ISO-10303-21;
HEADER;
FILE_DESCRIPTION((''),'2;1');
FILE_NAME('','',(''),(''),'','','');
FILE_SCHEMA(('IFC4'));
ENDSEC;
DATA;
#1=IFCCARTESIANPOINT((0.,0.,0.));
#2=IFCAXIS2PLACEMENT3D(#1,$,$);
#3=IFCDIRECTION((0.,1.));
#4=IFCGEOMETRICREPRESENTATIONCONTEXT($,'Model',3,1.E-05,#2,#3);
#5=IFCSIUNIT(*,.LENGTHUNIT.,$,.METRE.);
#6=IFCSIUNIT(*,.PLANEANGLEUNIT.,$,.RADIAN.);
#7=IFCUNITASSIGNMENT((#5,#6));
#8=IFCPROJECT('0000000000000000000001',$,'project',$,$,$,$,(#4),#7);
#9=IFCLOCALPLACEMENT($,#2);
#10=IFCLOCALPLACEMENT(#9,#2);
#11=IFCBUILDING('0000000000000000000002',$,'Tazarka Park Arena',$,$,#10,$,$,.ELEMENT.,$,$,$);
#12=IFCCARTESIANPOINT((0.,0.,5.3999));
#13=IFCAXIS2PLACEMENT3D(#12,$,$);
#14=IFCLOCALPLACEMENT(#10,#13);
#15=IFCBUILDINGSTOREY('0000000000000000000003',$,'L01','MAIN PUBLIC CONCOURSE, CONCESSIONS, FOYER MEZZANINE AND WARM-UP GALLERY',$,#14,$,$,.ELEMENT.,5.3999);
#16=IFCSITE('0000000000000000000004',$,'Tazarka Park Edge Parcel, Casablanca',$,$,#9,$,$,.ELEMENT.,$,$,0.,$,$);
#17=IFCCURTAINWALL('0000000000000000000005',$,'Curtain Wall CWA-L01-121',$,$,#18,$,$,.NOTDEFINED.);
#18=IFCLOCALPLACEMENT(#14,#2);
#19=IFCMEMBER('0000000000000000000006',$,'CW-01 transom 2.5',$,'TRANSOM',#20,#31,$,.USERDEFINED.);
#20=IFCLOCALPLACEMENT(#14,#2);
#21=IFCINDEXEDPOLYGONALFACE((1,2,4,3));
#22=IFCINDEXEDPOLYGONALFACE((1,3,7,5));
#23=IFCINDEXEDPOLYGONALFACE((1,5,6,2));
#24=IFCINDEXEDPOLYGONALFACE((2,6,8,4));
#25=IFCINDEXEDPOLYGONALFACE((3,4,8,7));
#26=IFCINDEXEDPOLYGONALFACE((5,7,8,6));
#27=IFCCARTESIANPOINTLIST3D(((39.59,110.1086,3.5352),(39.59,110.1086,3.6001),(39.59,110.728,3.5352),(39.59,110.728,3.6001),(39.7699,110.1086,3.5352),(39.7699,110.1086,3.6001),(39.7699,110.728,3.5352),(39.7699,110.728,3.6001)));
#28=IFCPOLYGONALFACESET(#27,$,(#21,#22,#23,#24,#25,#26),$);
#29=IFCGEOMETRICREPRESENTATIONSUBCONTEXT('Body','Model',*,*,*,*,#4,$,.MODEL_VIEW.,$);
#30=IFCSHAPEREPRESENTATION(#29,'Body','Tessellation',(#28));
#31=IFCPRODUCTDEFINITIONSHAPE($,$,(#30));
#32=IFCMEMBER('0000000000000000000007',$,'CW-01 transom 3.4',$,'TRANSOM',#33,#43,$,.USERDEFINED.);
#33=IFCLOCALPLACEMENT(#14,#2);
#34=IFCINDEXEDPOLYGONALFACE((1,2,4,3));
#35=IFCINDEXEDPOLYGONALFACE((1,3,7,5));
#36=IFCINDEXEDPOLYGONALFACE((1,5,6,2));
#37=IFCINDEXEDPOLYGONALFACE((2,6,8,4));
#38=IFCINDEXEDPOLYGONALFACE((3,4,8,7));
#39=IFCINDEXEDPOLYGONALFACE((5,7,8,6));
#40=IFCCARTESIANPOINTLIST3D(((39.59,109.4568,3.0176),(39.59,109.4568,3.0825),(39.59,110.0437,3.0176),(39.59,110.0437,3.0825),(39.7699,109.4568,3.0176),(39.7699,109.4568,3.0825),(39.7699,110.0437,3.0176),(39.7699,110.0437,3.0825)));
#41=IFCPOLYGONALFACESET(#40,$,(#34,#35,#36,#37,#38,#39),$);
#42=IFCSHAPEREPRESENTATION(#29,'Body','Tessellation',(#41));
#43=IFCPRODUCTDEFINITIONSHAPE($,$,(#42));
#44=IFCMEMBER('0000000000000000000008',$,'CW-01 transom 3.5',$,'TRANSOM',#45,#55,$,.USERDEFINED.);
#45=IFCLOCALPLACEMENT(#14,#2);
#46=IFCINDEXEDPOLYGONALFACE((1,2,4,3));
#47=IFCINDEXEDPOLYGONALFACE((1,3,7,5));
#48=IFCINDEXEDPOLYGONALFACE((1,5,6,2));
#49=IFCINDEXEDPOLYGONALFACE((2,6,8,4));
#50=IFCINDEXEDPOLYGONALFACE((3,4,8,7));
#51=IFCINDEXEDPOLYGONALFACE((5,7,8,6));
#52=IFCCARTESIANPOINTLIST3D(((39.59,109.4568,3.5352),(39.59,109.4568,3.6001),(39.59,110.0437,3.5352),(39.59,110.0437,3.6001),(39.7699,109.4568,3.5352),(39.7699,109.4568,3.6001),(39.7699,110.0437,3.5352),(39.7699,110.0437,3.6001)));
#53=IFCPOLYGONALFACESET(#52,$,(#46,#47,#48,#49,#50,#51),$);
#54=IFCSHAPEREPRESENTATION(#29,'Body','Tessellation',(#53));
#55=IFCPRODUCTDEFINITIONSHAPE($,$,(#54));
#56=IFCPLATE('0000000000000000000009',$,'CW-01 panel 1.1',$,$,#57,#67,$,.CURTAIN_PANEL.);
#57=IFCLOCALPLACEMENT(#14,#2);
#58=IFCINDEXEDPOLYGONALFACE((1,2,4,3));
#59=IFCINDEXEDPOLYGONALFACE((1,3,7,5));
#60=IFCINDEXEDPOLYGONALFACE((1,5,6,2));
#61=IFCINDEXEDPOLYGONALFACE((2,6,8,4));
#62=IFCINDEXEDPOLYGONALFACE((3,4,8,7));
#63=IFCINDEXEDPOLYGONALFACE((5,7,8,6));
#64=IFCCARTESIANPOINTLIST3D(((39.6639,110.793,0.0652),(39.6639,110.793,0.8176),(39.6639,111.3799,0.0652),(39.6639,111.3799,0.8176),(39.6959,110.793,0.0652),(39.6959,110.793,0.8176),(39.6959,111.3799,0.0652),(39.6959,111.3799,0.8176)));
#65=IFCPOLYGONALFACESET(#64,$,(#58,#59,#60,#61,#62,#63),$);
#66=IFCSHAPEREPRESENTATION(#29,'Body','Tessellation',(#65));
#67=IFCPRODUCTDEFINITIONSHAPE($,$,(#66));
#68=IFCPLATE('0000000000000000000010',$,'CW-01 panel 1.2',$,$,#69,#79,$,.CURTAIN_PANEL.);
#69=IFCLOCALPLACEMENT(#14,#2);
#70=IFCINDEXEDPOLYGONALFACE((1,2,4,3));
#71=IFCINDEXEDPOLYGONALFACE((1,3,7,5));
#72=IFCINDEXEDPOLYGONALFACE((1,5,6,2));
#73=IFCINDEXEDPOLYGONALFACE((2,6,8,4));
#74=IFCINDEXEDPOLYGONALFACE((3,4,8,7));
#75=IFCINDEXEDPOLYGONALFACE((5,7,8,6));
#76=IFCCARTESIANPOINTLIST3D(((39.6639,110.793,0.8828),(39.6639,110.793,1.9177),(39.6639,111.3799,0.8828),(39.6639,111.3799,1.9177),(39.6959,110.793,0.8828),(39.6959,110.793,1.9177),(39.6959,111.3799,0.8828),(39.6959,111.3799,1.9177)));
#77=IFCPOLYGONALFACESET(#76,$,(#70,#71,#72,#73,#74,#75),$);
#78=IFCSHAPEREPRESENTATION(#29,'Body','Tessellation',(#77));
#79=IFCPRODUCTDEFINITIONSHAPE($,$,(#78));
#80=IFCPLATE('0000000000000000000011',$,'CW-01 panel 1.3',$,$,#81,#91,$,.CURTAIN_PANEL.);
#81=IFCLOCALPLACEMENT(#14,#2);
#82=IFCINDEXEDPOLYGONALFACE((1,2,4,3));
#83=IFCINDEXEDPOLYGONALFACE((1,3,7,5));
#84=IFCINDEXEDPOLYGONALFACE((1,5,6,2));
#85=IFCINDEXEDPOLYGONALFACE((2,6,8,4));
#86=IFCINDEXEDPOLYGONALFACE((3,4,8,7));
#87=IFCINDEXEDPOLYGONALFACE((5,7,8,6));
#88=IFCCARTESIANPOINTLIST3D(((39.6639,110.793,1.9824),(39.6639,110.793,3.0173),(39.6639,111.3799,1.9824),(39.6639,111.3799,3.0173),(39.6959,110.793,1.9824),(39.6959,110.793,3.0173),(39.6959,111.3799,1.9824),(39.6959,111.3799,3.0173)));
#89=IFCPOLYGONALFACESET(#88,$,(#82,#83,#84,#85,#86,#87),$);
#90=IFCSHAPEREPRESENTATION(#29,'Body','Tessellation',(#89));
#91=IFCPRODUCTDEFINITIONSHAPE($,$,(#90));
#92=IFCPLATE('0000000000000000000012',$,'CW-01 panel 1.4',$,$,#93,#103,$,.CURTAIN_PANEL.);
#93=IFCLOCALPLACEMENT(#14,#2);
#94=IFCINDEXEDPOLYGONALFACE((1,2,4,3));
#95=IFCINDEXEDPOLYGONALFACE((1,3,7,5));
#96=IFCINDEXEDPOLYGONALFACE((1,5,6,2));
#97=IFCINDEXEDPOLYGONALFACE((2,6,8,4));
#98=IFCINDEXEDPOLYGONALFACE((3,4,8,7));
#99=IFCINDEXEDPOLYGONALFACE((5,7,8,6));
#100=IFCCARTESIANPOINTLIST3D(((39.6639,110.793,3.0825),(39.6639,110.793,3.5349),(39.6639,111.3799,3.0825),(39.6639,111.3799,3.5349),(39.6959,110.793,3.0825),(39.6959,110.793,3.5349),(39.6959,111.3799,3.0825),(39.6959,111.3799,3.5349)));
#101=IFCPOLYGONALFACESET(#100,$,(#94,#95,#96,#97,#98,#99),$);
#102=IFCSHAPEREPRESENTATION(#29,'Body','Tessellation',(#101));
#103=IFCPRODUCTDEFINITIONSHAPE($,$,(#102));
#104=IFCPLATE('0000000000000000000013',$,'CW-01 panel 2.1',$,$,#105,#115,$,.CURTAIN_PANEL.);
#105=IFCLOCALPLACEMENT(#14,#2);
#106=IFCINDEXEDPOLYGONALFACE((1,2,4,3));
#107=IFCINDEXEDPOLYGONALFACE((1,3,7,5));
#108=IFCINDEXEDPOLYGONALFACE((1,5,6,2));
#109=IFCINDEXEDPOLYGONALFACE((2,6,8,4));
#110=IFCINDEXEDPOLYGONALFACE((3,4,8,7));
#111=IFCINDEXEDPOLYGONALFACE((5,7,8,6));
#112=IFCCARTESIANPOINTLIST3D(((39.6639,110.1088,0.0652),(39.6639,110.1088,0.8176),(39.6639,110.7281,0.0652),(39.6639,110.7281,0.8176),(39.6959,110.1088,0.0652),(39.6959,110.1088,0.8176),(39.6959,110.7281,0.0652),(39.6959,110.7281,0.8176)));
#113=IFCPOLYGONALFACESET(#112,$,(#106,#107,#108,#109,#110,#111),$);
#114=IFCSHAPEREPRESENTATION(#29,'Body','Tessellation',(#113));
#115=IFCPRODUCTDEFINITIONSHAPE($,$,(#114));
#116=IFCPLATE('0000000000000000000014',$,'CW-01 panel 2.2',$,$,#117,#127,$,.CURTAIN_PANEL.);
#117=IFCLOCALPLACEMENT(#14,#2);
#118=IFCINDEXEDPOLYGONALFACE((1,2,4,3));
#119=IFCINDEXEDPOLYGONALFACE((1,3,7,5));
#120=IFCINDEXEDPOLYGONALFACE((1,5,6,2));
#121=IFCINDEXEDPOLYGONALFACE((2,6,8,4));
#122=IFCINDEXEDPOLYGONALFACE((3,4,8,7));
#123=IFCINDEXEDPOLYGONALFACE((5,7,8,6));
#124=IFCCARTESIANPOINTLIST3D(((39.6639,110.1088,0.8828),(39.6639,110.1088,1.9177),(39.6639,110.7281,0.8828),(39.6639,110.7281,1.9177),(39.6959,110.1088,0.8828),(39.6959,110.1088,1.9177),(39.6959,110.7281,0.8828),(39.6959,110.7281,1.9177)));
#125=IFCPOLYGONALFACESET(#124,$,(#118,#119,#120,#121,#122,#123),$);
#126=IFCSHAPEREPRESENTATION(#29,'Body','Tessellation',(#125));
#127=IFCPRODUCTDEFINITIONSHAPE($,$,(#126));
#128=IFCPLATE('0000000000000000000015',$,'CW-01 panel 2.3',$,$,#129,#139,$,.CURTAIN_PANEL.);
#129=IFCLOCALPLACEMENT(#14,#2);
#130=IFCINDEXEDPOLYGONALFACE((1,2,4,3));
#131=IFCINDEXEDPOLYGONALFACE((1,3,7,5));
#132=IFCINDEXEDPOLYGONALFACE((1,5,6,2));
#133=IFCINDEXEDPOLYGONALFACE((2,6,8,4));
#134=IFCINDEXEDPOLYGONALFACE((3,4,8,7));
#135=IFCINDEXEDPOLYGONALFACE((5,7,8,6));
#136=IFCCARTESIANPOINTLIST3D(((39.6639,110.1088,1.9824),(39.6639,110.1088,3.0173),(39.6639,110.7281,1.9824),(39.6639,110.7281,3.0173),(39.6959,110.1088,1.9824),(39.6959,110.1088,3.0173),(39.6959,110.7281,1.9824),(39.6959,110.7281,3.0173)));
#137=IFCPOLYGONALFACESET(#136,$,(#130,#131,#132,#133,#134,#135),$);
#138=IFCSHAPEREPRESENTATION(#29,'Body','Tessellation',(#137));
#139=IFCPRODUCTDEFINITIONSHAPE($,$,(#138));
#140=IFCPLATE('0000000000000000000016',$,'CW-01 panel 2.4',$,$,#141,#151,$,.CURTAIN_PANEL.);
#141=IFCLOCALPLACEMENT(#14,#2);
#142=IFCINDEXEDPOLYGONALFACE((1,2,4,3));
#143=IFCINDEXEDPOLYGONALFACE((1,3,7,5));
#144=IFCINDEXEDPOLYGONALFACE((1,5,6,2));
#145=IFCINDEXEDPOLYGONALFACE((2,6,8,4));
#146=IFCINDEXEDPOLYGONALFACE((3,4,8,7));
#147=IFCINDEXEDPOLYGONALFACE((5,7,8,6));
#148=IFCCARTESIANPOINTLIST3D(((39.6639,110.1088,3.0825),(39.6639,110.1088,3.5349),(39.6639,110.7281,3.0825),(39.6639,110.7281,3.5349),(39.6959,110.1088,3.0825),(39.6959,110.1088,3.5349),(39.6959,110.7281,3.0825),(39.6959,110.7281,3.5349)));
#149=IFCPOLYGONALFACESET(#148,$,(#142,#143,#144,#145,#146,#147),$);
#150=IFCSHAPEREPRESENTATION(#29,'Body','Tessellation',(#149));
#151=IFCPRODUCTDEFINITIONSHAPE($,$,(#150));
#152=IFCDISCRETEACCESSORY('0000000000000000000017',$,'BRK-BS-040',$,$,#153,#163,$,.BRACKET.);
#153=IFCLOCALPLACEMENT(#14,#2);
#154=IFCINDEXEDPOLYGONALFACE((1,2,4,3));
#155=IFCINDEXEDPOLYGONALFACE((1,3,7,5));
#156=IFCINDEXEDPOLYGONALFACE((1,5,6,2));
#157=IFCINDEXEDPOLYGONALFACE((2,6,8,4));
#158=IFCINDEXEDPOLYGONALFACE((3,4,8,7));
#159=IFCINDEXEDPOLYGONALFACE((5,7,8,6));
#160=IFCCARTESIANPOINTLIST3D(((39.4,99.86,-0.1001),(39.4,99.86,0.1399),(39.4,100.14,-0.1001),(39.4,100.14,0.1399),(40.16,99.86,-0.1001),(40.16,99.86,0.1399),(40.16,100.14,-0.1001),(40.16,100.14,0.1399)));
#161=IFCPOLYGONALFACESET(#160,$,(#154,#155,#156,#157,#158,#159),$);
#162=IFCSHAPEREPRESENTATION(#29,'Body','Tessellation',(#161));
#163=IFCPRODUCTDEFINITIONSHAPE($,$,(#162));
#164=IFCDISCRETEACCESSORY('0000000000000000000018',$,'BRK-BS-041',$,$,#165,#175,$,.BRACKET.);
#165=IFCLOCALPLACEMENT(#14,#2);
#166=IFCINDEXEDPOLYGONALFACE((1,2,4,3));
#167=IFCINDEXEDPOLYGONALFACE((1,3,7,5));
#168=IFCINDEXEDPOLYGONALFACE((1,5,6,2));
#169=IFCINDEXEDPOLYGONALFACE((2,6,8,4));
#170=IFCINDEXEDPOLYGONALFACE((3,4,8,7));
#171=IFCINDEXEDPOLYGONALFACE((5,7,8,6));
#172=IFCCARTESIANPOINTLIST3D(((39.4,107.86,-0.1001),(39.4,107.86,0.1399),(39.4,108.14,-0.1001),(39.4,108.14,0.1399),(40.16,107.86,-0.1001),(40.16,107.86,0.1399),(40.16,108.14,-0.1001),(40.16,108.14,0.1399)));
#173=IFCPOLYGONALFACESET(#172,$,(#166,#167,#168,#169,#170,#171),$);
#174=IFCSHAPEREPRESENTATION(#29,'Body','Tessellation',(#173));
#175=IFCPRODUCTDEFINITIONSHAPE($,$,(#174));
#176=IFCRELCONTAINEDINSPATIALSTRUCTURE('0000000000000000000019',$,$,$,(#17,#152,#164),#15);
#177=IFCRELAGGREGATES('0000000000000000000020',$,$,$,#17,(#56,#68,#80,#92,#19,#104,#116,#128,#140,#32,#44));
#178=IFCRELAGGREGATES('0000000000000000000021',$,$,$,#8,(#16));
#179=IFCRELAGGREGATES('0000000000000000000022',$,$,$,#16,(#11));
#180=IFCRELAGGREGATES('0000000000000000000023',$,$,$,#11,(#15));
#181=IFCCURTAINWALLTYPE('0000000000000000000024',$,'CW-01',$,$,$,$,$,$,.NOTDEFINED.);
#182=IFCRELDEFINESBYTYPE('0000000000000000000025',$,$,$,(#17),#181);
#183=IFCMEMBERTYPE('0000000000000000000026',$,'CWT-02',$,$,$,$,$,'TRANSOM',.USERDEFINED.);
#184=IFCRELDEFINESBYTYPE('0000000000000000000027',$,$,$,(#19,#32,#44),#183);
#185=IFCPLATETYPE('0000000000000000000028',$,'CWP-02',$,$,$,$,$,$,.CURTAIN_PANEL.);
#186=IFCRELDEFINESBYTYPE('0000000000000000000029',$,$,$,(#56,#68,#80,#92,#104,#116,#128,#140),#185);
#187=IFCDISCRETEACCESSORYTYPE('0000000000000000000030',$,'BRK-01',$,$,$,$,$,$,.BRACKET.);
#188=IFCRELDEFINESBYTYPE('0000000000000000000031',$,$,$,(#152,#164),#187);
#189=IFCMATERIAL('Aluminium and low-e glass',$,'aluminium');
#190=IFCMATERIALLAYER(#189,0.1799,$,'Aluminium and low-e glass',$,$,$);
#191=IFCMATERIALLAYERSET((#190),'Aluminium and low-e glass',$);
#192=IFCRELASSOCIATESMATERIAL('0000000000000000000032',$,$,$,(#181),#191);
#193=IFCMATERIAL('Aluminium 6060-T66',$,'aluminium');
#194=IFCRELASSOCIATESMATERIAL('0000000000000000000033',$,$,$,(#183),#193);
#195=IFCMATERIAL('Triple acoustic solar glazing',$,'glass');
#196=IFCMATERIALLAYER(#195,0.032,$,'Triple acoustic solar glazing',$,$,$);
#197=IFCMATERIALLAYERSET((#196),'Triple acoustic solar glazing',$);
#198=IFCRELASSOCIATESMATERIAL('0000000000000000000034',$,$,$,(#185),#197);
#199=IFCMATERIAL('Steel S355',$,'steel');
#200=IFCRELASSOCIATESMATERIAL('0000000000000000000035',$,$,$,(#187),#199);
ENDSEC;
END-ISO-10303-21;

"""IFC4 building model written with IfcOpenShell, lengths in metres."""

from ifc_helpers import new_model, si_unit, direction, frame, origin, origin_2d, place, context, subcontext, project, spatial, rectangle, extrude, material, layer, layer_set, material_profile, profile_set, type_object, element, aggregate, save


model = new_model("IFC4")

# Units and contexts
model_context = context("Model", 3, precision=1e-05, world=origin(), true_north=direction((0.0, 1.0)))
body_context = subcontext(model_context, "Body", "Model", "MODEL_VIEW")
ifc_project = project(units=[si_unit("LENGTHUNIT", "METRE"), si_unit("PLANEANGLEUNIT", "RADIAN")], contexts=[model_context])

# Site, building, storey
site_placement = place(None, origin())
site = spatial("IfcSite", under=ifc_project, at=site_placement, Name="Tazarka Park Edge Parcel, Casablanca", CompositionType="ELEMENT", RefElevation=0.0)
building_placement = place(site_placement, origin())
building = spatial("IfcBuilding", under=site, at=building_placement, Name="Tazarka Park Arena", CompositionType="ELEMENT")
storey_placement = place(building_placement, frame((0.0, 0.0, 5.3999)))
storey = spatial("IfcBuildingStorey", under=building, at=storey_placement, Name="L01", Description="MAIN PUBLIC CONCOURSE, CONCESSIONS, FOYER MEZZANINE AND WARM-UP GALLERY", CompositionType="ELEMENT", Elevation=5.3999)

# Curtain wall, members, plates
ifc_material_1 = material(Name="Aluminium and low-e glass", Category="aluminium")
ifc_layer_1 = layer(ifc_material_1, 0.1799, Name="Aluminium and low-e glass")
ifc_layer_set_1 = layer_set([ifc_layer_1], Name="Aluminium and low-e glass")
curtain_wall_type = type_object("IfcCurtainWallType", Name="CW-01", PredefinedType="NOTDEFINED", material=ifc_layer_set_1)
curtain_wall_placement = place(storey_placement, origin())
curtain_wall = element("IfcCurtainWall", 1, at=curtain_wall_placement, inside=storey, type_object=curtain_wall_type, Name="Curtain Wall CWA-L01-121", PredefinedType="NOTDEFINED")
ifc_material_2 = material(Name="Aluminium 6060-T66", Category="aluminium")
ifc_material_profile_1 = material_profile(ifc_material_2, rectangle(XDim=0.1799, YDim=0.0649, at=origin_2d()), Name="Aluminium 6060-T66")
ifc_profile_set_1 = profile_set([ifc_material_profile_1], Name="Aluminium 6060-T66")
member_type_1 = type_object("IfcMemberType", Name="CWT-02", ElementType="TRANSOM", PredefinedType="USERDEFINED", material=ifc_profile_set_1)
member_1_placement = place(storey_placement, frame((39.6799, 110.728, 3.5676), z_axis=(0.0, -1.0, 0.0), x_axis=(1.0, 0.0, 0.0)))
member_1 = element("IfcMember", 2, at=member_1_placement, type_object=member_type_1, Name="CW-01 transom 2.5", ObjectType="TRANSOM", PredefinedType="USERDEFINED", context=body_context, shape_type="SweptSolid", body=[
    extrude(rectangle(XDim=0.1799, YDim=0.0649, at=origin_2d()), origin(), (0.0, 0.0, 1.0), 0.6194),
])
member_2_placement = place(storey_placement, frame((39.6799, 110.0437, 3.05), z_axis=(0.0, -1.0, 0.0), x_axis=(1.0, 0.0, 0.0)))
member_2 = element("IfcMember", 3, at=member_2_placement, type_object=member_type_1, Name="CW-01 transom 3.4", ObjectType="TRANSOM", PredefinedType="USERDEFINED", context=body_context, shape_type="SweptSolid", body=[
    extrude(rectangle(XDim=0.1799, YDim=0.0649, at=origin_2d()), origin(), (0.0, 0.0, 1.0), 0.5869),
])
member_3_placement = place(storey_placement, frame((39.6799, 110.0437, 3.5676), z_axis=(0.0, -1.0, 0.0), x_axis=(1.0, 0.0, 0.0)))
member_3 = element("IfcMember", 4, at=member_3_placement, type_object=member_type_1, Name="CW-01 transom 3.5", ObjectType="TRANSOM", PredefinedType="USERDEFINED", context=body_context, shape_type="SweptSolid", body=[
    extrude(rectangle(XDim=0.1799, YDim=0.0649, at=origin_2d()), origin(), (0.0, 0.0, 1.0), 0.5869),
])
ifc_material_3 = material(Name="Triple acoustic solar glazing", Category="glass")
ifc_layer_2 = layer(ifc_material_3, 0.032, Name="Triple acoustic solar glazing")
ifc_layer_set_2 = layer_set([ifc_layer_2], Name="Triple acoustic solar glazing")
plate_type = type_object("IfcPlateType", Name="CWP-02", PredefinedType="CURTAIN_PANEL", material=ifc_layer_set_2)
plate_1_placement = place(storey_placement, frame((39.6799, 111.0864, 0.0652), z_axis=(0.0, 0.0, 1.0), x_axis=(0.0, -1.0, 0.0)))
plate_1 = element("IfcPlate", 5, at=plate_1_placement, type_object=plate_type, Name="CW-01 panel 1.1", PredefinedType="CURTAIN_PANEL", context=body_context, shape_type="SweptSolid", body=[
    extrude(rectangle(XDim=0.5869, YDim=0.032, at=origin_2d()), origin(), (0.0, 0.0, 1.0), 0.7524),
])
plate_2_placement = place(storey_placement, frame((39.6799, 111.0864, 0.8828), z_axis=(0.0, 0.0, 1.0), x_axis=(0.0, -1.0, 0.0)))
plate_2 = element("IfcPlate", 6, at=plate_2_placement, type_object=plate_type, Name="CW-01 panel 1.2", PredefinedType="CURTAIN_PANEL", context=body_context, shape_type="SweptSolid", body=[
    extrude(rectangle(XDim=0.5869, YDim=0.032, at=origin_2d()), origin(), (0.0, 0.0, 1.0), 1.0349),
])
plate_3_placement = place(storey_placement, frame((39.6799, 111.0864, 1.9824), z_axis=(0.0, 0.0, 1.0), x_axis=(0.0, -1.0, 0.0)))
plate_3 = element("IfcPlate", 7, at=plate_3_placement, type_object=plate_type, Name="CW-01 panel 1.3", PredefinedType="CURTAIN_PANEL", context=body_context, shape_type="SweptSolid", body=[
    extrude(rectangle(XDim=0.5869, YDim=0.032, at=origin_2d()), origin(), (0.0, 0.0, 1.0), 1.0349),
])
plate_4_placement = place(storey_placement, frame((39.6799, 111.0864, 3.0825), z_axis=(0.0, 0.0, 1.0), x_axis=(0.0, -1.0, 0.0)))
plate_4 = element("IfcPlate", 8, at=plate_4_placement, type_object=plate_type, Name="CW-01 panel 1.4", PredefinedType="CURTAIN_PANEL", context=body_context, shape_type="SweptSolid", body=[
    extrude(rectangle(XDim=0.5869, YDim=0.032, at=origin_2d()), origin(), (0.0, 0.0, 1.0), 0.4524),
])
plate_5_placement = place(storey_placement, frame((39.6799, 110.4185, 0.0652), z_axis=(0.0, 0.0, 1.0), x_axis=(0.0, -1.0, 0.0)))
plate_5 = element("IfcPlate", 9, at=plate_5_placement, type_object=plate_type, Name="CW-01 panel 2.1", PredefinedType="CURTAIN_PANEL", context=body_context, shape_type="SweptSolid", body=[
    extrude(rectangle(XDim=0.6194, YDim=0.032, at=origin_2d()), origin(), (0.0, 0.0, 1.0), 0.7524),
])
plate_6_placement = place(storey_placement, frame((39.6799, 110.4185, 0.8828), z_axis=(0.0, 0.0, 1.0), x_axis=(0.0, -1.0, 0.0)))
plate_6 = element("IfcPlate", 10, at=plate_6_placement, type_object=plate_type, Name="CW-01 panel 2.2", PredefinedType="CURTAIN_PANEL", context=body_context, shape_type="SweptSolid", body=[
    extrude(rectangle(XDim=0.6194, YDim=0.032, at=origin_2d()), origin(), (0.0, 0.0, 1.0), 1.0349),
])
plate_7_placement = place(storey_placement, frame((39.6799, 110.4185, 1.9824), z_axis=(0.0, 0.0, 1.0), x_axis=(0.0, -1.0, 0.0)))
plate_7 = element("IfcPlate", 11, at=plate_7_placement, type_object=plate_type, Name="CW-01 panel 2.3", PredefinedType="CURTAIN_PANEL", context=body_context, shape_type="SweptSolid", body=[
    extrude(rectangle(XDim=0.6194, YDim=0.032, at=origin_2d()), origin(), (0.0, 0.0, 1.0), 1.0349),
])
plate_8_placement = place(storey_placement, frame((39.6799, 110.4185, 3.0825), z_axis=(0.0, 0.0, 1.0), x_axis=(0.0, -1.0, 0.0)))
plate_8 = element("IfcPlate", 12, at=plate_8_placement, type_object=plate_type, Name="CW-01 panel 2.4", PredefinedType="CURTAIN_PANEL", context=body_context, shape_type="SweptSolid", body=[
    extrude(rectangle(XDim=0.6194, YDim=0.032, at=origin_2d()), origin(), (0.0, 0.0, 1.0), 0.4524),
])
aggregate(curtain_wall, [plate_1, plate_2, plate_3, plate_4, member_1, plate_5, plate_6, plate_7, plate_8, member_2, member_3])

# Discrete accessories
ifc_material_4 = material(Name="Steel S355", Category="steel")
discrete_accessory_type = type_object("IfcDiscreteAccessoryType", Name="BRK-01", PredefinedType="BRACKET", material=ifc_material_4)
for number, where, z_axis, x_axis, name in (
    (13, (39.78, 100.0, -0.1001), (0.0, 0.0, 1.0), (0.0, -1.0, 0.0), "BRK-BS-040"),
    (14, (39.78, 108.0, -0.1001), (0.0, 0.0, 1.0), (0.0, -1.0, 0.0), "BRK-BS-041"),
):
    element("IfcDiscreteAccessory", number, at=place(storey_placement, frame(where, z_axis=z_axis, x_axis=x_axis)), inside=storey, type_object=discrete_accessory_type, Name=name, PredefinedType="BRACKET", context=body_context, shape_type="SweptSolid", body=[
        extrude(rectangle(XDim=0.28, YDim=0.76, at=origin_2d()), origin(), (0.0, 0.0, 1.0), 0.24),
    ])

save(model, "model.ifc")
